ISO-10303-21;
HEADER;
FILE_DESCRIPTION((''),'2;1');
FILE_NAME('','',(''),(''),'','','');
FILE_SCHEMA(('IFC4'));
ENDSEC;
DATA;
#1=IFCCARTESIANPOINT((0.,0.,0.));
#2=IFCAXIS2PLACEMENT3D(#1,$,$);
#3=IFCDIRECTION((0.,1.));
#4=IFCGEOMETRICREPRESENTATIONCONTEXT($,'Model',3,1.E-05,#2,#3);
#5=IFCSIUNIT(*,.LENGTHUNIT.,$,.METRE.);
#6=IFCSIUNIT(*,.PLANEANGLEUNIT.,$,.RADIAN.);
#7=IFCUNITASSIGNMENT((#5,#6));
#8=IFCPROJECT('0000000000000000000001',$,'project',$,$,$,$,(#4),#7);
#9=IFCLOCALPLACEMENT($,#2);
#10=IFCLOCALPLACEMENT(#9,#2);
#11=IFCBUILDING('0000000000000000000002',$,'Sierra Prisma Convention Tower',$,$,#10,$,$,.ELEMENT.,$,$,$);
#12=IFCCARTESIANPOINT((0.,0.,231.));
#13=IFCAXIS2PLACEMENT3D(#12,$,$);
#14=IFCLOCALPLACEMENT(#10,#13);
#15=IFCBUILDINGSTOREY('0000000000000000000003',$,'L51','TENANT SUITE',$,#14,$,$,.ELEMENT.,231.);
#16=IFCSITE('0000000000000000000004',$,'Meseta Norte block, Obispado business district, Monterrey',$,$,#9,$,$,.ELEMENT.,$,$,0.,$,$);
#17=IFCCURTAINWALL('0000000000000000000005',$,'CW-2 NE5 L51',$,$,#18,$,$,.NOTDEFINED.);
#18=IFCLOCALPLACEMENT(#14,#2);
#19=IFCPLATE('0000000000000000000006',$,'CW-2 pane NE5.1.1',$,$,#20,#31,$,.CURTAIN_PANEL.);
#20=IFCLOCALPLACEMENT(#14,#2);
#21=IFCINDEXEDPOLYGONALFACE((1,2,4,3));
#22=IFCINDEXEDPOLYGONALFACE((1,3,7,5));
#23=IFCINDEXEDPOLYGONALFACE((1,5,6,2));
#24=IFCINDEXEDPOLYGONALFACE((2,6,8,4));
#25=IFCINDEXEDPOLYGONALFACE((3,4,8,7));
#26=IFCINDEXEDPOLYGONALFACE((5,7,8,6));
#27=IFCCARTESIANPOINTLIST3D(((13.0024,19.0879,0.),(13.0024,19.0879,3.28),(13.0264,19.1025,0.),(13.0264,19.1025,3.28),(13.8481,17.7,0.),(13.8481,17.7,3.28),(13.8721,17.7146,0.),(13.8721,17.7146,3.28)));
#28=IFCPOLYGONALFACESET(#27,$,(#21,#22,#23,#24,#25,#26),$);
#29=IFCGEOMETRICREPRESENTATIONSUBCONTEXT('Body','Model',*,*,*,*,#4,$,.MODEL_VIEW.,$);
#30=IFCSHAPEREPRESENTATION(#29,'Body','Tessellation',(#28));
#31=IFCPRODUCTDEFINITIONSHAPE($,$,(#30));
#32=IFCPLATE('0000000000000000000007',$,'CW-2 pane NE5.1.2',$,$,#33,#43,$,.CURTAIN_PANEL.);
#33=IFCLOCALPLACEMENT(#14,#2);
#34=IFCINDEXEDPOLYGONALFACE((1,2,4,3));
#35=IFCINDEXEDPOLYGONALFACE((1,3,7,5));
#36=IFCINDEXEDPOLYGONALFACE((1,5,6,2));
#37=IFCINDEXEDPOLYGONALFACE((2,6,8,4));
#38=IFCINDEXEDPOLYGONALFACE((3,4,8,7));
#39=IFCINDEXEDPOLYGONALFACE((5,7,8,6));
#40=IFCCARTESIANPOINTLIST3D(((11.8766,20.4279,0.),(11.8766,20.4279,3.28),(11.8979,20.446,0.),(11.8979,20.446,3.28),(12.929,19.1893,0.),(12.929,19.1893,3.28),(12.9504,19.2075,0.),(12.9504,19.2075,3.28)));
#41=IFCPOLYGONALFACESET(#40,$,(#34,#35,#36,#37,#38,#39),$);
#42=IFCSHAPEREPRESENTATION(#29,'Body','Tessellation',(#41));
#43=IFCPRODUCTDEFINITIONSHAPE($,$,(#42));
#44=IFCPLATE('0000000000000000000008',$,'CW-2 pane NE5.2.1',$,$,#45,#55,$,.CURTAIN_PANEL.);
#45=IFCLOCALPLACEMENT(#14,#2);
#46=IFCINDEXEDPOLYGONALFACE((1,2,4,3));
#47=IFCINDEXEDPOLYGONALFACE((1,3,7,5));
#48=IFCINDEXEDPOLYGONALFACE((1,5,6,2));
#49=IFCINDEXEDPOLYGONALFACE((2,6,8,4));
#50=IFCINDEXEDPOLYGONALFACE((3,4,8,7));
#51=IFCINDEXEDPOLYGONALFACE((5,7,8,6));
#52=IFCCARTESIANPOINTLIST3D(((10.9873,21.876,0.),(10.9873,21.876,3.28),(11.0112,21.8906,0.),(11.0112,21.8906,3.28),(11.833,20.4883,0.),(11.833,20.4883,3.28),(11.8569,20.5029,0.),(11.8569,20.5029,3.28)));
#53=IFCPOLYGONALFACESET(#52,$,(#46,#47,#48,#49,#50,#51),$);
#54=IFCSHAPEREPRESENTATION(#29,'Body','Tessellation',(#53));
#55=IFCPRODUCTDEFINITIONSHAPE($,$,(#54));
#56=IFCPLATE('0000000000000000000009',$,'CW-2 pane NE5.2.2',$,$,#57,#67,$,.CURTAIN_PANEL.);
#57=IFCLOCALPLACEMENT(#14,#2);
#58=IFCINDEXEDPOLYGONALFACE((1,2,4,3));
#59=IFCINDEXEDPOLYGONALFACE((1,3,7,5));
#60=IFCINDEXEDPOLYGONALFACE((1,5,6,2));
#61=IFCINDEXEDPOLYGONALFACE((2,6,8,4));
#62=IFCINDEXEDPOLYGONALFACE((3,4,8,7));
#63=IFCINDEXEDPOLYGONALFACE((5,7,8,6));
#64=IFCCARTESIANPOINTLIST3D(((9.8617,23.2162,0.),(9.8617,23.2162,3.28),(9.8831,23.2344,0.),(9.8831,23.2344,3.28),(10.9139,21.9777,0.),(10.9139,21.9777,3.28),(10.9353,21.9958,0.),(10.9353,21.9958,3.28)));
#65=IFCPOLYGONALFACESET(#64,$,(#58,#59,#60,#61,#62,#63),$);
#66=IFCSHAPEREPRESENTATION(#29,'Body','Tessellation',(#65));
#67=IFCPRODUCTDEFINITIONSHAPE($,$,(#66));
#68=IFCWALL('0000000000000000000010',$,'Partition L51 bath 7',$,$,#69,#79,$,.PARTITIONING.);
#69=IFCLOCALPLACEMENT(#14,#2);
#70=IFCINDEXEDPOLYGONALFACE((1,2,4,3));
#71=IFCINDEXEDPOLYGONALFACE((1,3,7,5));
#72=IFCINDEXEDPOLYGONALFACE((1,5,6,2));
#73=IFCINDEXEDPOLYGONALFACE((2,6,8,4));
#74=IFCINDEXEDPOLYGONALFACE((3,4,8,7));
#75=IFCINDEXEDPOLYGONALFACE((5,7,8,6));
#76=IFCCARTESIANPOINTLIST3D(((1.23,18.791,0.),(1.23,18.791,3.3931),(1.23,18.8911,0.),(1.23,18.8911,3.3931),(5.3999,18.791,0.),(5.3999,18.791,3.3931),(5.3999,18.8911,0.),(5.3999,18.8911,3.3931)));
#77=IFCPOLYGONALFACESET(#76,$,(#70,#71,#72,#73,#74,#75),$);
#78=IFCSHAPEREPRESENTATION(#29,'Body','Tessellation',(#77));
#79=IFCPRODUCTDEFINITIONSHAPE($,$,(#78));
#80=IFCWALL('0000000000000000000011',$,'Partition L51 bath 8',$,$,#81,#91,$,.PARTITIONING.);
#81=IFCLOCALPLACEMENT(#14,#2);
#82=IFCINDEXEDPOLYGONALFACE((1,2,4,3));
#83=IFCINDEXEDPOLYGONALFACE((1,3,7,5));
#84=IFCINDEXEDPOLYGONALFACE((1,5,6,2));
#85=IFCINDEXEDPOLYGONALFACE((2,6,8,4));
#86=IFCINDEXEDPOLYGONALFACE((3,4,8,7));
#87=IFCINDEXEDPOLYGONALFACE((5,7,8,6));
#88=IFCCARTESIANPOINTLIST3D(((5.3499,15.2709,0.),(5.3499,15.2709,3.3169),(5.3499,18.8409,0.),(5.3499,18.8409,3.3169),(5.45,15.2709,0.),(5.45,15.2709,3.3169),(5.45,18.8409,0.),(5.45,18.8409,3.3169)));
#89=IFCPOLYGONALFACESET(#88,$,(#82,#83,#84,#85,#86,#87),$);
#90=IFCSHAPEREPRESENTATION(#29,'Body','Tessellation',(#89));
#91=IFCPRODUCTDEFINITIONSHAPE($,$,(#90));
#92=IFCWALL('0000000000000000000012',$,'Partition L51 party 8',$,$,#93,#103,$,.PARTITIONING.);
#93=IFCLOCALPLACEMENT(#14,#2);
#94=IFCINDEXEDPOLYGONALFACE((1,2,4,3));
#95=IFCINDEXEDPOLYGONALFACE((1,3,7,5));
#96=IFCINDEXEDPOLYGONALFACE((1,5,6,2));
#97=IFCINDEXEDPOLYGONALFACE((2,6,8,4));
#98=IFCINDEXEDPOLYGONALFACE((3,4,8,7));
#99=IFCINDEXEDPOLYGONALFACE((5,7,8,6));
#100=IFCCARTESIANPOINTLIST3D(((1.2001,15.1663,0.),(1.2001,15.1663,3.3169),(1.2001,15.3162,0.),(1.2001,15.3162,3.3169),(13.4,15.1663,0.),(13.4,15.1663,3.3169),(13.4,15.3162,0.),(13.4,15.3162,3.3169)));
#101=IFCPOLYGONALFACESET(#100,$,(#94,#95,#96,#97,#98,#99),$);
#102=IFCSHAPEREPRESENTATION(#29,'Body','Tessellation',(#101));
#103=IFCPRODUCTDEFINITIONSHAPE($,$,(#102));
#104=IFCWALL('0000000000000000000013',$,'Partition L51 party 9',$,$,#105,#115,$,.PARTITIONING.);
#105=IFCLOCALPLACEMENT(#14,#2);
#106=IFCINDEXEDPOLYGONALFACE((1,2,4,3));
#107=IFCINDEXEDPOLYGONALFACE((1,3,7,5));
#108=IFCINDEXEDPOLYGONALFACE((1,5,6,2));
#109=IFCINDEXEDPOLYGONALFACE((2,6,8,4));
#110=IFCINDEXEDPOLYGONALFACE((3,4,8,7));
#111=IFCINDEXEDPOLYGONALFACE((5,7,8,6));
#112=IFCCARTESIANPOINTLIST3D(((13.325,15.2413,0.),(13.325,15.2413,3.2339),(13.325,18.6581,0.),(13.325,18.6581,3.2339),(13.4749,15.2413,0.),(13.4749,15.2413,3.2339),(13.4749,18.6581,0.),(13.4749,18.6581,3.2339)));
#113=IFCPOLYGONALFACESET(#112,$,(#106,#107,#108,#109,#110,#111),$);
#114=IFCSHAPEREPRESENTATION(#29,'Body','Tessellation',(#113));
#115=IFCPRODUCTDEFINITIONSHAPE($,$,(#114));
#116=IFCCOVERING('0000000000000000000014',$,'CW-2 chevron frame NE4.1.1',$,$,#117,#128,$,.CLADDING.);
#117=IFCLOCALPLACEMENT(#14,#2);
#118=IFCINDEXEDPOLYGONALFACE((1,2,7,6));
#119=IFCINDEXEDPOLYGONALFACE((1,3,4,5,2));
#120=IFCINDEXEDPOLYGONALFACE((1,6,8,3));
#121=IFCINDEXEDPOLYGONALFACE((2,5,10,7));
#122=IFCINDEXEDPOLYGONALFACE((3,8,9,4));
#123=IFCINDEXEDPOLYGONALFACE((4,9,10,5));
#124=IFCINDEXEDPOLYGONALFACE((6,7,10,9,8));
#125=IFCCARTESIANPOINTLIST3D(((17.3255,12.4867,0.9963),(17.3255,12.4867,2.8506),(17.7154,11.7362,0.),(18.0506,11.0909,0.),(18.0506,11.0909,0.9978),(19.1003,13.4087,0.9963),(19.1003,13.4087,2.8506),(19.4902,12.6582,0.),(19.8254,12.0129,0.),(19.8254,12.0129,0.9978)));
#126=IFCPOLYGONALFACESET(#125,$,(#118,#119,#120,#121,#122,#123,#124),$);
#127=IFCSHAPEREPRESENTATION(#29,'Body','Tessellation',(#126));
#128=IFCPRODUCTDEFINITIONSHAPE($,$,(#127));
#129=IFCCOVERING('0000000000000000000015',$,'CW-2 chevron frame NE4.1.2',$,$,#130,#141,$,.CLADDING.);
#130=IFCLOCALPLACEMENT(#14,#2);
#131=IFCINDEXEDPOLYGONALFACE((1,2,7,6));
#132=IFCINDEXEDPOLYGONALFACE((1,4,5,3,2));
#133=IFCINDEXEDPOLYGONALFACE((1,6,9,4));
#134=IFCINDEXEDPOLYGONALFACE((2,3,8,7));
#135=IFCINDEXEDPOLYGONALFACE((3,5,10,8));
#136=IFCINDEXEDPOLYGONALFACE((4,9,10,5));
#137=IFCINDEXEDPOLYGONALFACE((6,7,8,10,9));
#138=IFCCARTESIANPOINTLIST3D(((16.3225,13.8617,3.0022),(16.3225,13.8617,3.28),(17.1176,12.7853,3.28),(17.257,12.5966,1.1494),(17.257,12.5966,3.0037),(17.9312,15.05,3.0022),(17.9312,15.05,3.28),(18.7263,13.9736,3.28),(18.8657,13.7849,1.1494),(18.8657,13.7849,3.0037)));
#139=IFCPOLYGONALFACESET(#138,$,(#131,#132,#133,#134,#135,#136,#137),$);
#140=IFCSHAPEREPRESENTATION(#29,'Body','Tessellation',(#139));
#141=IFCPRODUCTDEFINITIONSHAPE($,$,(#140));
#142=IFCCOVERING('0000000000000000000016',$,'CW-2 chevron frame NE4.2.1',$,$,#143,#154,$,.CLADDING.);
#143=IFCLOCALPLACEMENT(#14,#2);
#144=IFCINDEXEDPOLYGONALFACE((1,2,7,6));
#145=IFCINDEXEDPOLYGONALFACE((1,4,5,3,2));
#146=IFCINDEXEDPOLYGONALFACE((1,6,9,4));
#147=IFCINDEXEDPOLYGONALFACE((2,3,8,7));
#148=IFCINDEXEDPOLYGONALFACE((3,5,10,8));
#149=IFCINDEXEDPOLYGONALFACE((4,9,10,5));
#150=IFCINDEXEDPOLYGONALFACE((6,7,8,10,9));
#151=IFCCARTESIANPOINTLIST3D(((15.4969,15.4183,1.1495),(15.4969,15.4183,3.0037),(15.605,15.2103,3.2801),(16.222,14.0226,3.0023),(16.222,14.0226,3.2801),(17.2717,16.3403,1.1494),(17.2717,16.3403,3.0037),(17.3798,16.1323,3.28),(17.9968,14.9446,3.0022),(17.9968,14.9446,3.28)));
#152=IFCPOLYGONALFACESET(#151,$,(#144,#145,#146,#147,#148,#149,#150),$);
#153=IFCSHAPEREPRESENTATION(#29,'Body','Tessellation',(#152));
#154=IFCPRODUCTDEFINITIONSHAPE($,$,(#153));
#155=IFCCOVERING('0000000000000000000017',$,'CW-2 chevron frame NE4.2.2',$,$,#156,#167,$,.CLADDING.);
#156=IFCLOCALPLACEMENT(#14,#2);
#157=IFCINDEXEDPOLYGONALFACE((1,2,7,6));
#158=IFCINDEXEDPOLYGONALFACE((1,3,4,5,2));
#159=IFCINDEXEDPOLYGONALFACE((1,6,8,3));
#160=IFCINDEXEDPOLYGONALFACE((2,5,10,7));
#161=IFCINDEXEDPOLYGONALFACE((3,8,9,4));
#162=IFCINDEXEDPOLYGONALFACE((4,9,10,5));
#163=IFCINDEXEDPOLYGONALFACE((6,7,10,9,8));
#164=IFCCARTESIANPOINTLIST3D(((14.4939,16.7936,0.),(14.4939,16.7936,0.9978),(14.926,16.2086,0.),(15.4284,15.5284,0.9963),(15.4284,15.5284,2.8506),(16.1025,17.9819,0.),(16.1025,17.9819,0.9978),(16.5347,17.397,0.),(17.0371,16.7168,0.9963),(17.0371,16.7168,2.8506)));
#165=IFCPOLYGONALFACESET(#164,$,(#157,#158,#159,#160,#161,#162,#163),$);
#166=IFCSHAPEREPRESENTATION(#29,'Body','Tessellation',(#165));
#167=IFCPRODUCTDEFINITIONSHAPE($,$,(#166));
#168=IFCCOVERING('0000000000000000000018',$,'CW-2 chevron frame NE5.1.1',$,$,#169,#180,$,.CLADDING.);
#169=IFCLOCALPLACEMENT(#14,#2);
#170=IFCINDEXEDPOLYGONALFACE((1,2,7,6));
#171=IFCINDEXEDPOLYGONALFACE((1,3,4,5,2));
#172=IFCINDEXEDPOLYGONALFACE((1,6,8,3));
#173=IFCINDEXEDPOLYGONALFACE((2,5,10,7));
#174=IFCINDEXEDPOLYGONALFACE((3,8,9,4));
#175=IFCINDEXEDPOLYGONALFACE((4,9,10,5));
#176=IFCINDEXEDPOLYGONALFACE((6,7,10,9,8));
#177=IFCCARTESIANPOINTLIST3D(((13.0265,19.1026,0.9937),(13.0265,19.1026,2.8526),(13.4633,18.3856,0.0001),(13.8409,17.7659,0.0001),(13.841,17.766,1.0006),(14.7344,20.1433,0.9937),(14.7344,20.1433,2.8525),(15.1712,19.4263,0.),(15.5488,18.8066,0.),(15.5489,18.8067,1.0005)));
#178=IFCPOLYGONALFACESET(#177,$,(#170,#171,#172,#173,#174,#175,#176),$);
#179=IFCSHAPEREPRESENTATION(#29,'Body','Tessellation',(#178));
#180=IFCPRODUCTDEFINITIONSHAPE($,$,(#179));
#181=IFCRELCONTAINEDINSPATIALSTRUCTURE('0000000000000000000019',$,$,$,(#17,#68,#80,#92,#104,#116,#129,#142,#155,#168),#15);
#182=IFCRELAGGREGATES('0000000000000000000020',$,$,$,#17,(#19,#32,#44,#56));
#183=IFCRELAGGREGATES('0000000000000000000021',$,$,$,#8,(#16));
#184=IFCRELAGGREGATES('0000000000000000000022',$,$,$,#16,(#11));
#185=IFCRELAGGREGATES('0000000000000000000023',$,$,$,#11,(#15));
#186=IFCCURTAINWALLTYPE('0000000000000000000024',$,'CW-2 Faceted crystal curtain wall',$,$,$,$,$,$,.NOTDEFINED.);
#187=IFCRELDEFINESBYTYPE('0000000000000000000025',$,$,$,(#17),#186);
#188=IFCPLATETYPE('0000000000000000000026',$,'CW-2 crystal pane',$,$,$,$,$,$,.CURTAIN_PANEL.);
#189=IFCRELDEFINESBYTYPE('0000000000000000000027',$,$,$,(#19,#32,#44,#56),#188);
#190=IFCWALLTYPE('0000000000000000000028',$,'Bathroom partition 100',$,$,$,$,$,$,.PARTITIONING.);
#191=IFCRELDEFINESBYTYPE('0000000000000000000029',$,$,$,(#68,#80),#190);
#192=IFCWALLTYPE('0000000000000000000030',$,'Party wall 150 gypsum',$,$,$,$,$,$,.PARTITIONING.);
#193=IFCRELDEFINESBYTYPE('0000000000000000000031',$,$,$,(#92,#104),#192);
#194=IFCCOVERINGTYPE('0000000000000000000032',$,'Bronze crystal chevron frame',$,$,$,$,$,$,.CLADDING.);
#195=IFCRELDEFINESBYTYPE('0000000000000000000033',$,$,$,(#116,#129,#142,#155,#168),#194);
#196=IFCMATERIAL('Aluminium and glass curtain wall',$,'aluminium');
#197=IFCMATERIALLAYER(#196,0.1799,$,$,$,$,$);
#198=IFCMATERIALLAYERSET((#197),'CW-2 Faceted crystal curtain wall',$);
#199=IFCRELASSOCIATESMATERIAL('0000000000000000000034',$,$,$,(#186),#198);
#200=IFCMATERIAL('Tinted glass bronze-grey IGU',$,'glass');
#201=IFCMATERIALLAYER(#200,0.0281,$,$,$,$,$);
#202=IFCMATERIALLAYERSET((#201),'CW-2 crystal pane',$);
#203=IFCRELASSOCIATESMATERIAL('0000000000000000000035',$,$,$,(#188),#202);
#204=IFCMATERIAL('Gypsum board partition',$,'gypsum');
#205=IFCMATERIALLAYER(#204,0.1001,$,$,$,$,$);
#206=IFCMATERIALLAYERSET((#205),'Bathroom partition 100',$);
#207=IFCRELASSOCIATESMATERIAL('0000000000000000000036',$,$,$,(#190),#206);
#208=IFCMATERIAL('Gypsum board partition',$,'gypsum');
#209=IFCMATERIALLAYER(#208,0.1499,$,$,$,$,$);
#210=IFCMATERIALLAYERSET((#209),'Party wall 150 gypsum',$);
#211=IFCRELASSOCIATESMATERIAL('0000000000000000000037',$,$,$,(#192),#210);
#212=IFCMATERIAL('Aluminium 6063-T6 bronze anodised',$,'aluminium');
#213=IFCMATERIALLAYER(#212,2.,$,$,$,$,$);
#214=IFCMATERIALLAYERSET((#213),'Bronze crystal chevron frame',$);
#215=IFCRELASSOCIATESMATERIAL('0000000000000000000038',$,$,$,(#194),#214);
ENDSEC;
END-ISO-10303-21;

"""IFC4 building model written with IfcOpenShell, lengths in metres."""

from ifc_helpers import new_model, si_unit, direction, frame, frame_2d, origin, place, context, subcontext, project, spatial, polyline, rectangle, outline, extrude, material, layer, layer_set, type_object, element, aggregate, save


model = new_model("IFC4")

# Units and contexts
model_context = context("Model", 3, precision=1e-05, world=origin(), true_north=direction((0.0, 1.0)))
body_context = subcontext(model_context, "Body", "Model", "MODEL_VIEW")
ifc_project = project(units=[si_unit("LENGTHUNIT", "METRE"), si_unit("PLANEANGLEUNIT", "RADIAN")], contexts=[model_context])

# Site, building, storey
site_placement = place(None, origin())
site = spatial("IfcSite", under=ifc_project, at=site_placement, Name="Meseta Norte block, Obispado business district, Monterrey", CompositionType="ELEMENT", RefElevation=0.0)
building_placement = place(site_placement, origin())
building = spatial("IfcBuilding", under=site, at=building_placement, Name="Sierra Prisma Convention Tower", CompositionType="ELEMENT")
storey_placement = place(building_placement, frame((0.0, 0.0, 231.0)))
storey = spatial("IfcBuildingStorey", under=building, at=storey_placement, Name="L51", Description="TENANT SUITE", CompositionType="ELEMENT", Elevation=231.0)

# Curtain wall
ifc_material_1 = material(Name="Aluminium and glass curtain wall", Category="aluminium")
ifc_layer_1 = layer(ifc_material_1, 0.1799)
ifc_layer_set_1 = layer_set([ifc_layer_1], Name="CW-2 Faceted crystal curtain wall")
curtain_wall_type = type_object("IfcCurtainWallType", Name="CW-2 Faceted crystal curtain wall", PredefinedType="NOTDEFINED", material=ifc_layer_set_1)
curtain_wall_1_placement = place(storey_placement, origin())
curtain_wall_1 = element("IfcCurtainWall", 1, at=curtain_wall_1_placement, inside=storey, type_object=curtain_wall_type, Name="CW-2 NE5 L51", PredefinedType="NOTDEFINED")

# Plates
ifc_material_2 = material(Name="Tinted glass bronze-grey IGU", Category="glass")
ifc_layer_2 = layer(ifc_material_2, 0.0281)
ifc_layer_set_2 = layer_set([ifc_layer_2], Name="CW-2 crystal pane")
plate_type = type_object("IfcPlateType", Name="CW-2 crystal pane", PredefinedType="CURTAIN_PANEL", material=ifc_layer_set_2)
plate_1_placement = place(storey_placement, frame((13.8721, 17.7146, 0.0), z_axis=(0.853961, 0.520338, 0.0), x_axis=(-0.520338, 0.853961, 0.0)))
plate_1 = element("IfcPlate", 2, at=plate_1_placement, type_object=plate_type, Name="CW-2 pane NE5.1.1", PredefinedType="CURTAIN_PANEL", context=body_context, shape_type="SweptSolid", body=[
    extrude(outline(polyline([(0.0, 0.0), (1.6253, 0.0), (1.6253, 3.28), (0.0, 3.28), (0.0, 0.0)])), origin(), (0.0, 0.0, -1.0), 0.0281),
])
plate_2_placement = place(storey_placement, frame((11.8979, 20.446, 0.0), z_axis=(0.762017, 0.647557, 0.0), x_axis=(0.647557, -0.762017, 0.0)))
plate_2 = element("IfcPlate", 3, at=plate_2_placement, type_object=plate_type, Name="CW-2 pane NE5.1.2", PredefinedType="CURTAIN_PANEL", context=body_context, shape_type="SweptSolid", body=[
    extrude(outline(polyline([(0.0, 0.0), (1.6253, 0.0), (1.6253, -3.28), (0.0, -3.28), (0.0, 0.0)])), origin(), (0.0, 0.0, -1.0), 0.0281),
])
plate_3_placement = place(storey_placement, frame((11.8569, 20.5029, 0.0), z_axis=(0.85392, 0.520404, 0.0), x_axis=(-0.520404, 0.85392, 0.0)))
plate_3 = element("IfcPlate", 4, at=plate_3_placement, type_object=plate_type, Name="CW-2 pane NE5.2.1", PredefinedType="CURTAIN_PANEL", context=body_context, shape_type="SweptSolid", body=[
    extrude(outline(polyline([(0.0, 0.0), (1.6251, 0.0), (1.6251, 3.28), (0.0, 3.28), (0.0, 0.0)])), origin(), (0.0, 0.0, -1.0), 0.0281),
])
plate_4_placement = place(storey_placement, frame((9.8831, 23.2344, 0.0), z_axis=(0.762091, 0.64747, 0.0), x_axis=(0.64747, -0.762091, 0.0)))
plate_4 = element("IfcPlate", 5, at=plate_4_placement, type_object=plate_type, Name="CW-2 pane NE5.2.2", PredefinedType="CURTAIN_PANEL", context=body_context, shape_type="SweptSolid", body=[
    extrude(outline(polyline([(0.0, 0.0), (1.6252, 0.0), (1.6252, -3.28), (0.0, -3.28), (0.0, 0.0)])), origin(), (0.0, 0.0, -1.0), 0.0281),
])
aggregate(curtain_wall_1, [plate_1, plate_2, plate_3, plate_4])

# Walls
ifc_material_3 = material(Name="Gypsum board partition", Category="gypsum")
ifc_layer_3 = layer(ifc_material_3, 0.1001)
ifc_layer_set_3 = layer_set([ifc_layer_3], Name="Bathroom partition 100")
wall_type_1 = type_object("IfcWallType", Name="Bathroom partition 100", PredefinedType="PARTITIONING", material=ifc_layer_set_3)
wall_1_placement = place(storey_placement, frame((1.23, 18.8411, 0.0), z_axis=(0.0, 0.0, 1.0), x_axis=(1.0, 0.0, 0.0)))
element("IfcWall", 6, at=wall_1_placement, inside=storey, type_object=wall_type_1, Name="Partition L51 bath 7", PredefinedType="PARTITIONING", context=body_context, shape_type="SweptSolid", body=[
    extrude(rectangle(XDim=4.1699, YDim=0.1001, at=frame_2d((2.085, 0.0))), origin(), (0.0, 0.0, 1.0), 3.3931),
])
wall_2_placement = place(storey_placement, frame((5.3999, 18.8411, 0.0), z_axis=(0.0, 0.0, 1.0), x_axis=(0.0, -1.0, 0.0)))
element("IfcWall", 7, at=wall_2_placement, inside=storey, type_object=wall_type_1, Name="Partition L51 bath 8", PredefinedType="PARTITIONING", context=body_context, shape_type="SweptSolid", body=[
    extrude(rectangle(XDim=3.5701, YDim=0.1001, at=frame_2d((1.7852, 0.0))), origin(), (0.0, 0.0, 1.0), 3.3169),
])
ifc_material_4 = material(Name="Gypsum board partition", Category="gypsum")
ifc_layer_4 = layer(ifc_material_4, 0.1499)
ifc_layer_set_4 = layer_set([ifc_layer_4], Name="Party wall 150 gypsum")
wall_type_2 = type_object("IfcWallType", Name="Party wall 150 gypsum", PredefinedType="PARTITIONING", material=ifc_layer_set_4)
wall_3_placement = place(storey_placement, frame((1.2, 15.2412, 0.0), z_axis=(0.0, 0.0, 1.0), x_axis=(1.0, 0.0, 0.0)))
element("IfcWall", 8, at=wall_3_placement, inside=storey, type_object=wall_type_2, Name="Partition L51 party 8", PredefinedType="PARTITIONING", context=body_context, shape_type="SweptSolid", body=[
    extrude(rectangle(XDim=12.2, YDim=0.1499, at=frame_2d((6.1001, 0.0))), origin(), (0.0, 0.0, 1.0), 3.3169),
])
wall_4_placement = place(storey_placement, frame((13.3999, 15.2412, 0.0), z_axis=(0.0, 0.0, 1.0), x_axis=(0.0, 1.0, 0.0)))
element("IfcWall", 9, at=wall_4_placement, inside=storey, type_object=wall_type_2, Name="Partition L51 party 9", PredefinedType="PARTITIONING", context=body_context, shape_type="SweptSolid", body=[
    extrude(rectangle(XDim=3.4167, YDim=0.1499, at=frame_2d((1.7085, 0.0))), origin(), (0.0, 0.0, 1.0), 3.2339),
])

# Coverings
ifc_material_5 = material(Name="Aluminium 6063-T6 bronze anodised", Category="aluminium")
ifc_layer_5 = layer(ifc_material_5, 2.0)
ifc_layer_set_5 = layer_set([ifc_layer_5], Name="Bronze crystal chevron frame")
covering_type = type_object("IfcCoveringType", Name="Bronze crystal chevron frame", PredefinedType="CLADDING", material=ifc_layer_set_5)
covering_1_placement = place(storey_placement, frame((19.8254, 12.0129, 0.0), z_axis=(0.887398, 0.461004, 0.000003), x_axis=(-0.461004, 0.887398, 0.0)))
element("IfcCovering", 10, at=covering_1_placement, inside=storey, type_object=covering_type, Name="CW-2 chevron frame NE4.1.1", PredefinedType="CLADDING", context=body_context, shape_type="SweptSolid", body=[
    extrude(outline(polyline([(0.0, 0.0), (0.7271, 0.0), (1.5729, 0.9963), (1.5729, 2.8506), (0.0, 0.9978), (0.0, 0.0)])), origin(), (0.0, 0.0, -1.0), 2.0),
])
covering_2_placement = place(storey_placement, frame((18.8657, 13.7849, 3.0037), z_axis=(0.804337, 0.594173, -0.000002), x_axis=(-0.000002, -0.000001, -1.0)))
element("IfcCovering", 11, at=covering_2_placement, inside=storey, type_object=covering_type, Name="CW-2 chevron frame NE4.1.2", PredefinedType="CLADDING", context=body_context, shape_type="SweptSolid", body=[
    extrude(outline(polyline([(0.0, 0.0), (1.8542, 0.0), (0.0015, 1.5729), (-0.2764, 1.5729), (-0.2764, 0.2346), (0.0, 0.0)])), origin(), (0.0, 0.0, -1.0), 2.0),
])
covering_3_placement = place(storey_placement, frame((17.9968, 14.9446, 3.28), z_axis=(0.8874, 0.461, -0.000035), x_axis=(-0.000031, -0.000016, -1.0)))
element("IfcCovering", 12, at=covering_3_placement, inside=storey, type_object=covering_type, Name="CW-2 chevron frame NE4.2.1", PredefinedType="CLADDING", context=body_context, shape_type="SweptSolid", body=[
    extrude(outline(polyline([(0.0, 0.0), (0.2778, 0.0), (2.1306, 1.5729), (0.2764, 1.5729), (0.0, 1.3384), (0.0, 0.0)])), origin(), (0.0, 0.0, -1.0), 2.0),
])
covering_4_placement = place(storey_placement, frame((16.1025, 17.9819, 0.0), z_axis=(0.804336, 0.594174, 0.000003), x_axis=(-0.000002, -0.000002, 1.0)))
element("IfcCovering", 13, at=covering_4_placement, inside=storey, type_object=covering_type, Name="CW-2 chevron frame NE4.2.2", PredefinedType="CLADDING", context=body_context, shape_type="SweptSolid", body=[
    extrude(outline(polyline([(0.0, 0.0), (0.9978, 0.0), (2.8506, 1.5729), (0.9963, 1.5729), (0.0, 0.7273), (0.0, 0.0)])), origin(), (0.0, 0.0, -1.0), 2.0),
])
covering_5_placement = place(storey_placement, frame((15.5488, 18.8066, 0.0), z_axis=(0.853952, 0.520352, -0.000035), x_axis=(-0.520352, 0.853952, 0.0)))
element("IfcCovering", 14, at=covering_5_placement, inside=storey, type_object=covering_type, Name="CW-2 chevron frame NE5.1.1", PredefinedType="CLADDING", context=body_context, shape_type="SweptSolid", body=[
    extrude(outline(polyline([(0.0, 0.0), (0.7257, 0.0), (1.5653, 0.9937), (1.5653, 2.8525), (0.0, 1.0005), (0.0, 0.0)])), origin(), (0.0, 0.0, -1.0), 2.0),
])

save(model, "model.ifc")
